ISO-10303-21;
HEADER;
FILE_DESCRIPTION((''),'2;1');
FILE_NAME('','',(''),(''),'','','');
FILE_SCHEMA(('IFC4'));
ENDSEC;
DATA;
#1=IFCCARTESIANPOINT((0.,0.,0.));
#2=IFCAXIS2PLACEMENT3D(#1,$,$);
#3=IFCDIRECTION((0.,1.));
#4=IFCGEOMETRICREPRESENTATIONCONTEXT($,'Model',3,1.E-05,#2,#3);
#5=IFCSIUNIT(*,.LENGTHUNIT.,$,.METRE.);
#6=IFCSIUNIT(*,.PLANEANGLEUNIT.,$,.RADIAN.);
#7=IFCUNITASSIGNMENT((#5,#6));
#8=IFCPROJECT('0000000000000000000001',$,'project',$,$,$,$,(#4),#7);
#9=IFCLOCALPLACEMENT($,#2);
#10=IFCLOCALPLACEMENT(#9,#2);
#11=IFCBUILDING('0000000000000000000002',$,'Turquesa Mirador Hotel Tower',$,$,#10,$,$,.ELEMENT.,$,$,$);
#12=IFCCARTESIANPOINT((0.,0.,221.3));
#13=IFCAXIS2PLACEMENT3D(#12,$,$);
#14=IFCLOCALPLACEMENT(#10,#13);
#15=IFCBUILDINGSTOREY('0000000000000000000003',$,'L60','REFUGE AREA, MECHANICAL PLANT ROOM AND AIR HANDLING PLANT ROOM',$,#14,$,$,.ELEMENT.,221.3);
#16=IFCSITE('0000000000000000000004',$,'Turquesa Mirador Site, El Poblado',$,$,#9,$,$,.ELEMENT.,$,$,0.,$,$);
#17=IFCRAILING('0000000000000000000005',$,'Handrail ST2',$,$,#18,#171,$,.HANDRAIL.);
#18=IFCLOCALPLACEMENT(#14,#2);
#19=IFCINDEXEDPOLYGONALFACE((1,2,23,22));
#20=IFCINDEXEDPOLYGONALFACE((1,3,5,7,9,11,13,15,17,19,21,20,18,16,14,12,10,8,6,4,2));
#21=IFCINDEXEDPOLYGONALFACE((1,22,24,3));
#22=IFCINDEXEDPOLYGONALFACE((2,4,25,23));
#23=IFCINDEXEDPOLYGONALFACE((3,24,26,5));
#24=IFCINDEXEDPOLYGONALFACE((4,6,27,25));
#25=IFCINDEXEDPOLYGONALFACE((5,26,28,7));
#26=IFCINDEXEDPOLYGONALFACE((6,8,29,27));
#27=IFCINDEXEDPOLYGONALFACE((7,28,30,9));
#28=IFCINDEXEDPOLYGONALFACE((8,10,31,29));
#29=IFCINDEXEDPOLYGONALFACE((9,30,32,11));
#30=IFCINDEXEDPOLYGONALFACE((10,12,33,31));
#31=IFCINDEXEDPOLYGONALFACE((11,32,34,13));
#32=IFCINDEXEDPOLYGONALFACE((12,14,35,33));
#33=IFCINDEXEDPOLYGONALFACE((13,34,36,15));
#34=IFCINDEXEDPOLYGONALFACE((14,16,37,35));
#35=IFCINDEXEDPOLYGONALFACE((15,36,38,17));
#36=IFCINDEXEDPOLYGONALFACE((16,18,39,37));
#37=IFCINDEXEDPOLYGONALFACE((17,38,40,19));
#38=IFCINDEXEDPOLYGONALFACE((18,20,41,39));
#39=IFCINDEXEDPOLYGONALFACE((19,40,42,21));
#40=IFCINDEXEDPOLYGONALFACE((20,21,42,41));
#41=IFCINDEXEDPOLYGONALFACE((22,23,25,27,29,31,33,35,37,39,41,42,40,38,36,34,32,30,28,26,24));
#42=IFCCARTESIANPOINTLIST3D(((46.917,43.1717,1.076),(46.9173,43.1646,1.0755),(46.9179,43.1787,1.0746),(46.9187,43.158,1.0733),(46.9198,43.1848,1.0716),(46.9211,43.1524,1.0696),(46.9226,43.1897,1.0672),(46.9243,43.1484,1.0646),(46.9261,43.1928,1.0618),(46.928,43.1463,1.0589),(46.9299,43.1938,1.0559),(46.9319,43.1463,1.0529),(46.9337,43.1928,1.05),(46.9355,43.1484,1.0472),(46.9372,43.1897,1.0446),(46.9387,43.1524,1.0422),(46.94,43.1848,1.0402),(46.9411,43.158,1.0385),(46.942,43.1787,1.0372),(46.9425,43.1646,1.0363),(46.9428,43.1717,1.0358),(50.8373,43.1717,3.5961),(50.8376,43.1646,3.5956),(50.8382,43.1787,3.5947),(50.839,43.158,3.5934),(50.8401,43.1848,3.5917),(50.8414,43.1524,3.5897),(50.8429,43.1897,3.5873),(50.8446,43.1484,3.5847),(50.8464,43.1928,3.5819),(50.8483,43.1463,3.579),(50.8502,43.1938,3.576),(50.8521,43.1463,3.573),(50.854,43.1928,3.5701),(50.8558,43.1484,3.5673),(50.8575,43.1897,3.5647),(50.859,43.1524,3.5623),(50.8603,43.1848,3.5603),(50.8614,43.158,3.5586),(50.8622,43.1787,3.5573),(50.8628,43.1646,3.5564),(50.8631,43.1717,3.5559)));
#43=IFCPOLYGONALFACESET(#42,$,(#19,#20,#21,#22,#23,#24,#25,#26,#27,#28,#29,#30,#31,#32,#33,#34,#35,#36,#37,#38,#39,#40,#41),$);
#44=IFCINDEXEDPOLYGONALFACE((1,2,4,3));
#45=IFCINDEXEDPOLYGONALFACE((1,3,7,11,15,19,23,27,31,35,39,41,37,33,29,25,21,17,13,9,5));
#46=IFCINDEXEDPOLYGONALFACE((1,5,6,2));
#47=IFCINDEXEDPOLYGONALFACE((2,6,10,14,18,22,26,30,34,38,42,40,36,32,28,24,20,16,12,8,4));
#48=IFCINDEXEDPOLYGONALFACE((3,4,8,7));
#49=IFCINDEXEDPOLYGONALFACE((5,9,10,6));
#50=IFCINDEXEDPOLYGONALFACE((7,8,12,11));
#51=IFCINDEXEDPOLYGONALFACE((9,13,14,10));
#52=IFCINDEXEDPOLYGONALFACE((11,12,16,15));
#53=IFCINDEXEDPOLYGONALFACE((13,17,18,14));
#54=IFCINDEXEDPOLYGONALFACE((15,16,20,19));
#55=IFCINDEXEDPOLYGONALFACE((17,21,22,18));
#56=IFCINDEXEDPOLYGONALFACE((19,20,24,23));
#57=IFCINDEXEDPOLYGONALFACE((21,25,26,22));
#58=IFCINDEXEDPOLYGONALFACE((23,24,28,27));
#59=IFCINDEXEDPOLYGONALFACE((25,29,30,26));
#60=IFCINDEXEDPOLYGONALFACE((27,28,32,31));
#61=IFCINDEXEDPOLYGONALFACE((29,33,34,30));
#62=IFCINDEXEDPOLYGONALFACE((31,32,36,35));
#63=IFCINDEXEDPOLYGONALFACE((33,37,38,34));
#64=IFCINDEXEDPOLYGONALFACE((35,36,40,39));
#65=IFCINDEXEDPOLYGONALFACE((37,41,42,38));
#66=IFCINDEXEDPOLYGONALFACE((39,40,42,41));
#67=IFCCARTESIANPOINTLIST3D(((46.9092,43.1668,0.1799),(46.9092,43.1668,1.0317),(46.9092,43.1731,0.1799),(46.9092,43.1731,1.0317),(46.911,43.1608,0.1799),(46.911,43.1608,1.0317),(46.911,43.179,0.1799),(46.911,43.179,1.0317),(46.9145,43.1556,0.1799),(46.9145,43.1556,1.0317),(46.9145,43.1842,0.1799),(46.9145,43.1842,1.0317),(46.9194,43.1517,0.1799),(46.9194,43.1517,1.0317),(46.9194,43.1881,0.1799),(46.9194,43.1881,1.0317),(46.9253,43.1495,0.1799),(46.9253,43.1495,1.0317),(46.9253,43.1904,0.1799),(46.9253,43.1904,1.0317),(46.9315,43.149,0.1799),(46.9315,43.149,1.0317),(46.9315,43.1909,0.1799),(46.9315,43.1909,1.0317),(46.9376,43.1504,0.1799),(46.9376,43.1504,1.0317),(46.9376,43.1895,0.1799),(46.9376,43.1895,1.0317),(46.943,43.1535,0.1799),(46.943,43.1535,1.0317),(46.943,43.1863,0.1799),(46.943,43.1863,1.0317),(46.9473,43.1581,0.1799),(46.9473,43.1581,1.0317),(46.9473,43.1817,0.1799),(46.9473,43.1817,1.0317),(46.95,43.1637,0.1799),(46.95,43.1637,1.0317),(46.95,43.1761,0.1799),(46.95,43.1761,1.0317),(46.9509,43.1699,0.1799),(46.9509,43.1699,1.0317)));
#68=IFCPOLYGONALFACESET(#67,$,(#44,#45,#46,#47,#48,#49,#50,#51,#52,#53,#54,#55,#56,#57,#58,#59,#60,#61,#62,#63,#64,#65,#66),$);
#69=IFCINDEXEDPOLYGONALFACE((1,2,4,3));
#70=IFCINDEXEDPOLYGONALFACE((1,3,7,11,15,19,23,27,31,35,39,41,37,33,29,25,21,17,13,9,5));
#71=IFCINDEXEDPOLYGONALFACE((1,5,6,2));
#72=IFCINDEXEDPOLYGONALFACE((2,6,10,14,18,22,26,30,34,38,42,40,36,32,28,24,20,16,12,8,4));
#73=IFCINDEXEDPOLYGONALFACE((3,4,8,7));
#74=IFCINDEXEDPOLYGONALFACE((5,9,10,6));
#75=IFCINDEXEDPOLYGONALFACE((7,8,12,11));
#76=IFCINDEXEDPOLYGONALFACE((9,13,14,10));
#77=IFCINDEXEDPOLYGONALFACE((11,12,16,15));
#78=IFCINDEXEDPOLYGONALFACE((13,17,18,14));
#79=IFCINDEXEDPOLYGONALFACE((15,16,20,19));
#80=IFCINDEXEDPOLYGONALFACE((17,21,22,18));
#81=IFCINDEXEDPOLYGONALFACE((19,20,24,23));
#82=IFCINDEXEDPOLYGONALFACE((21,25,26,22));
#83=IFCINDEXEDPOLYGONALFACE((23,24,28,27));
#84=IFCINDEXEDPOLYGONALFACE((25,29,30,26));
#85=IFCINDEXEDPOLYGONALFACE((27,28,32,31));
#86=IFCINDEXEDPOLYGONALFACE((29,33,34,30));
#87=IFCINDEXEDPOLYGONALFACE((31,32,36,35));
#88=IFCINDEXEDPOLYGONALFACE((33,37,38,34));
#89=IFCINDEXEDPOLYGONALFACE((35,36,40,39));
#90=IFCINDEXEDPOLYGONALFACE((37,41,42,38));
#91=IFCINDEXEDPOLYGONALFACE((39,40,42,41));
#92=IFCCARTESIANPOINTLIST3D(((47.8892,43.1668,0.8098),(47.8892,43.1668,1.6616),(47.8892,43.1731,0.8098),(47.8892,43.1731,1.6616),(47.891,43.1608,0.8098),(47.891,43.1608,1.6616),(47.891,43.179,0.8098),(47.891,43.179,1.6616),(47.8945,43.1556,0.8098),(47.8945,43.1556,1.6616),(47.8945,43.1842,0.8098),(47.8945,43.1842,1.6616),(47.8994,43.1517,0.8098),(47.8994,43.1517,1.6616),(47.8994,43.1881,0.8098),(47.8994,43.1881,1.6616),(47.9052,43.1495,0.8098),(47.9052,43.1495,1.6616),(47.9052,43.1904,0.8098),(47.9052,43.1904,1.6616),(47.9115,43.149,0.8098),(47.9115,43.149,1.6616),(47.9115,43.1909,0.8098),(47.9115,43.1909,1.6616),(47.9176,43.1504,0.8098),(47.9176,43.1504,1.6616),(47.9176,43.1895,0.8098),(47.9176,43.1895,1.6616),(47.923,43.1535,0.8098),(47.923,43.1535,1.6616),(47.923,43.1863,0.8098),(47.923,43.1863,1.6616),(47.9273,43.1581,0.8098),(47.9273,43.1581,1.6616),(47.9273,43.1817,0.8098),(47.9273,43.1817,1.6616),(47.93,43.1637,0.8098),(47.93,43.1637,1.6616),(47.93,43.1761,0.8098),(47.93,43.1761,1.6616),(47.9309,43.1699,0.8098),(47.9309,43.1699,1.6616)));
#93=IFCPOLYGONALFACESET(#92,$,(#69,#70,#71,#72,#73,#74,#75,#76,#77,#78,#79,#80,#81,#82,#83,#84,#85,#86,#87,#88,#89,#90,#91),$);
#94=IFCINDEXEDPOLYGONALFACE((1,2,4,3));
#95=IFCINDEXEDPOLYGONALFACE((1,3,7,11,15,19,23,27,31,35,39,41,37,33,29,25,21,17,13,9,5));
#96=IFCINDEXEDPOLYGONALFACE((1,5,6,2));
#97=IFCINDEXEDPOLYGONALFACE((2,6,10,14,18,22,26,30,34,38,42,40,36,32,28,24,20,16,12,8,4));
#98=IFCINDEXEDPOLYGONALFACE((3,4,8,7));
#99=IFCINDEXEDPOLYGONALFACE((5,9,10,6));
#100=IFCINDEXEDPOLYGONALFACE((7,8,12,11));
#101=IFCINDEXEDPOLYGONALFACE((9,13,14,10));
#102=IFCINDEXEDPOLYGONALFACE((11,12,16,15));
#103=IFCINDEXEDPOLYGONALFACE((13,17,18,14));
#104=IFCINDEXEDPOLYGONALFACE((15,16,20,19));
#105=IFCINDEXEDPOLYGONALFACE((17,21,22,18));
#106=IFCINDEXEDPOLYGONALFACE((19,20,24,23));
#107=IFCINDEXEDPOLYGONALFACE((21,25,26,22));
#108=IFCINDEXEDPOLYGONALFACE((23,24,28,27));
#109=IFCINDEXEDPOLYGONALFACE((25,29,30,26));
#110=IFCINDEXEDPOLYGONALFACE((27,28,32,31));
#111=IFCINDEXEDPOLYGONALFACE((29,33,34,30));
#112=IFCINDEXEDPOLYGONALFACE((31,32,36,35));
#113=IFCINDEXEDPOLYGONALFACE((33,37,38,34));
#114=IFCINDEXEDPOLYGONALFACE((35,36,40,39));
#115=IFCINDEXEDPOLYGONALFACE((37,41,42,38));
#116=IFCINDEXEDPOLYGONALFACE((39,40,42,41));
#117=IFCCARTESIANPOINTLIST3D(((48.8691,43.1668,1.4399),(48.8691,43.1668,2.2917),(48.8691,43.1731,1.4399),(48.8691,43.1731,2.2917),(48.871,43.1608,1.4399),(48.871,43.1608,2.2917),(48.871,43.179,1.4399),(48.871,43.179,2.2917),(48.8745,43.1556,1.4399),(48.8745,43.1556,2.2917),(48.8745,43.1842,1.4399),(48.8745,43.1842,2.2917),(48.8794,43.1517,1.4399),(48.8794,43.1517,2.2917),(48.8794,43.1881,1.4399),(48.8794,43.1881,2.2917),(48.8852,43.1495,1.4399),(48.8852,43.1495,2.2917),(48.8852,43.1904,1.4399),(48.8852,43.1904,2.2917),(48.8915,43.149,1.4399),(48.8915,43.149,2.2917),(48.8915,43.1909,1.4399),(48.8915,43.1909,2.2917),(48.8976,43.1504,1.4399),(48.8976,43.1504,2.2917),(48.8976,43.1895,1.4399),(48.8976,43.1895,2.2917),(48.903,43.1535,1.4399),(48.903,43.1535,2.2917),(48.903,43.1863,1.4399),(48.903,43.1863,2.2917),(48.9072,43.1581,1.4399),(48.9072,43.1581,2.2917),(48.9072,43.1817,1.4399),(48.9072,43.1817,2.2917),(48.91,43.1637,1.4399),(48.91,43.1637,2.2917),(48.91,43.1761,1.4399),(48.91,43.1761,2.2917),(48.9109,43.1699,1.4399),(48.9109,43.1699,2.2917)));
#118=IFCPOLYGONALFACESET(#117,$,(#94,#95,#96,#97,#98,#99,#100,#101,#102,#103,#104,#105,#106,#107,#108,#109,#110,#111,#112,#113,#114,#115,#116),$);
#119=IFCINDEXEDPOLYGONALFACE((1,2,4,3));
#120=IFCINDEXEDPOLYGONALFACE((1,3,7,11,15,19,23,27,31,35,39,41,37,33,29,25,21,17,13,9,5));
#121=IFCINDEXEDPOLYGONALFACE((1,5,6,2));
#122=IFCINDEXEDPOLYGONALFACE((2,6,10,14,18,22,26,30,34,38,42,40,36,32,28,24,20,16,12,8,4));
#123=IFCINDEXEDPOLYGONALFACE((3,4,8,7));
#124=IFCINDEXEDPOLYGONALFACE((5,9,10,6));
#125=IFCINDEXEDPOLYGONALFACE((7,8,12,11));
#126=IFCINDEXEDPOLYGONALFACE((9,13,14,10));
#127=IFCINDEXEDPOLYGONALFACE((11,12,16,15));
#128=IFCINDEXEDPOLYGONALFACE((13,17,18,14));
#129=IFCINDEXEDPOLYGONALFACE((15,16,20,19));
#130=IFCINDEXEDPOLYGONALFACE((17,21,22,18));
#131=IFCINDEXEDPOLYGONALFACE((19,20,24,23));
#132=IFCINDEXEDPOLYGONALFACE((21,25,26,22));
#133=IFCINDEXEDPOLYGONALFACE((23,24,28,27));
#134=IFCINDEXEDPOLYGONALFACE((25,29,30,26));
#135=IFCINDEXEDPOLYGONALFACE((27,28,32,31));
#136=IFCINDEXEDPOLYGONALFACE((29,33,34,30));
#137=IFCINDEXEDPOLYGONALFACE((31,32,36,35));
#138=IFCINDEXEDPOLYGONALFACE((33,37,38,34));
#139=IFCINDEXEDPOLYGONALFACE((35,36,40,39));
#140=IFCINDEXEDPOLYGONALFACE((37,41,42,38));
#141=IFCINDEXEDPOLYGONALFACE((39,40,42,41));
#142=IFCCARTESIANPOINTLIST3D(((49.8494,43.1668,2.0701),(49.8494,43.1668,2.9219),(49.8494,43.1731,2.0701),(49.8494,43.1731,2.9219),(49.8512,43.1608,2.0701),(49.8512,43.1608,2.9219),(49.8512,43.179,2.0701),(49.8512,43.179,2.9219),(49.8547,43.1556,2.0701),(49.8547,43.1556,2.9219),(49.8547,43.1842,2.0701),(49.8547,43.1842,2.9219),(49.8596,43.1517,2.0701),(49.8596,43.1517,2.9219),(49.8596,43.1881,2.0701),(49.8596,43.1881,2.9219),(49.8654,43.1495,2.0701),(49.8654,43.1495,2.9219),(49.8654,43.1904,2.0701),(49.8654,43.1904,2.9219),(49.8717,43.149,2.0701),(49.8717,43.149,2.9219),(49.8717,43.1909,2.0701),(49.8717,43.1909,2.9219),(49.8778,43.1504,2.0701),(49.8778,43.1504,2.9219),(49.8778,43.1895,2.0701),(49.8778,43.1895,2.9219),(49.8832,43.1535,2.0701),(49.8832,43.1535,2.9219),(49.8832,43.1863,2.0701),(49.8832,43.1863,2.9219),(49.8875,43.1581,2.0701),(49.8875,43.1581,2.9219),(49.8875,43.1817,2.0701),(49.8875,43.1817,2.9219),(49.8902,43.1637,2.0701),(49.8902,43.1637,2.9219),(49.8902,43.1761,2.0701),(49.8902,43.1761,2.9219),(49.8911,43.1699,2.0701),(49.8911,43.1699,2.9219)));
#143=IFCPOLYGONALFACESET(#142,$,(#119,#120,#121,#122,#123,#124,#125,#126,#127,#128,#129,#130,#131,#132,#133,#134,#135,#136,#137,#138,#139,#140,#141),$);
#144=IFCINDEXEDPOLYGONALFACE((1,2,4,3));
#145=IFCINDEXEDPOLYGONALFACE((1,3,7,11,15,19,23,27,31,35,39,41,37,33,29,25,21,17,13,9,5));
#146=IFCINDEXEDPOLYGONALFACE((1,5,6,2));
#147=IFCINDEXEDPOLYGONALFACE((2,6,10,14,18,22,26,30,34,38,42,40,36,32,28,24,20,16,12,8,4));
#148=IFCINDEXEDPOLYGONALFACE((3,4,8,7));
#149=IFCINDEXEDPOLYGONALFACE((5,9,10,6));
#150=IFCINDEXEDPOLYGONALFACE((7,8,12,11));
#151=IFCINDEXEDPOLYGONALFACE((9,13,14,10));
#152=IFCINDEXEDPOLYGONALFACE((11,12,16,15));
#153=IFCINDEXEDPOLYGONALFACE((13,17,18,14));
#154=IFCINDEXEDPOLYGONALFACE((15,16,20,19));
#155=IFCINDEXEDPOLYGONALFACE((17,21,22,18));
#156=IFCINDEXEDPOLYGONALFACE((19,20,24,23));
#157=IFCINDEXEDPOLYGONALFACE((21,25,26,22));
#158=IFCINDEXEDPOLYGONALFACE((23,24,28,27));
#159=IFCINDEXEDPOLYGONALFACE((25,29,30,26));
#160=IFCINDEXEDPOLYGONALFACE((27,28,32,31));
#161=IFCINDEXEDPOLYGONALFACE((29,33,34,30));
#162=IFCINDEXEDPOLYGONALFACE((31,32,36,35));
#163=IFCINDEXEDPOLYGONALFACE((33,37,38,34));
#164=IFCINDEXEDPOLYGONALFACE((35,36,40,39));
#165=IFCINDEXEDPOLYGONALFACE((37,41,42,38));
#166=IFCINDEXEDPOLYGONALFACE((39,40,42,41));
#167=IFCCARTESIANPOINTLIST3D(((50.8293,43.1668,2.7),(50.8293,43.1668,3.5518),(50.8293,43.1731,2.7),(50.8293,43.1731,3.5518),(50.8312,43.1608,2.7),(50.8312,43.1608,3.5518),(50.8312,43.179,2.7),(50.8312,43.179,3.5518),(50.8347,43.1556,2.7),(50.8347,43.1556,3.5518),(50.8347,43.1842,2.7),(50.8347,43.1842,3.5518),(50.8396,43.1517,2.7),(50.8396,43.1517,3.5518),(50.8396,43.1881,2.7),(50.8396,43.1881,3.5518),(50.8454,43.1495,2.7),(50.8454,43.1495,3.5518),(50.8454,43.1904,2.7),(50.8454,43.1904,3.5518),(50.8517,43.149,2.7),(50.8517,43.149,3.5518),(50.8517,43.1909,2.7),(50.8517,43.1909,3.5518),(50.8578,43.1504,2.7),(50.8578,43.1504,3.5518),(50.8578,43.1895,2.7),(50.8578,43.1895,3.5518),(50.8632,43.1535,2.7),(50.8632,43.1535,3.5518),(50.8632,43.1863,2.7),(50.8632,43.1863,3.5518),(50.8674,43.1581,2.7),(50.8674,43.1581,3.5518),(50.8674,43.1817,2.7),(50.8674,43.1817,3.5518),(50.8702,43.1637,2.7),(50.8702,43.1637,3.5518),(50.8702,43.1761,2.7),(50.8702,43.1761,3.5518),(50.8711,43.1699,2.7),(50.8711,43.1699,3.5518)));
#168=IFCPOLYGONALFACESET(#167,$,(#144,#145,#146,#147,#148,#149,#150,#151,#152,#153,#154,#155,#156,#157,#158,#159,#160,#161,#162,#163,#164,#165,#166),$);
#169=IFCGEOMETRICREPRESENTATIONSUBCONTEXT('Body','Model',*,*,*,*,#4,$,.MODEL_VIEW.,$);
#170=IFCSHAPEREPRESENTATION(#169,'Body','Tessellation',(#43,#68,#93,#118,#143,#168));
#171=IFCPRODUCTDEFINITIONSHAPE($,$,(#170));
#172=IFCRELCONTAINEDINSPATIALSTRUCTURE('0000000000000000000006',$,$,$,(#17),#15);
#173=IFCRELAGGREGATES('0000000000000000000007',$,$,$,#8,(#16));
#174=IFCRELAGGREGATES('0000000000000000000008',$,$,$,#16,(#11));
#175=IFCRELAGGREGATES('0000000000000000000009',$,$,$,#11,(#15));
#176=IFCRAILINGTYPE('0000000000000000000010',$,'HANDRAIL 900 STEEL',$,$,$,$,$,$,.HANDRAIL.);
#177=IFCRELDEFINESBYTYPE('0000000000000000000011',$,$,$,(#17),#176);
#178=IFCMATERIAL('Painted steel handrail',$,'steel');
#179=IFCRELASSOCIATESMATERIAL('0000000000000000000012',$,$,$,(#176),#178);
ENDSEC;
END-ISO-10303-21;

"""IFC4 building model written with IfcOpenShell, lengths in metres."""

from ifc_helpers import new_model, si_unit, direction, frame, origin, origin_2d, place, context, subcontext, project, spatial, circle, extrude, material, type_object, element, save


model = new_model("IFC4")

# Units and contexts
model_context = context("Model", 3, precision=1e-05, world=origin(), true_north=direction((0.0, 1.0)))
body_context = subcontext(model_context, "Body", "Model", "MODEL_VIEW")
ifc_project = project(units=[si_unit("LENGTHUNIT", "METRE"), si_unit("PLANEANGLEUNIT", "RADIAN")], contexts=[model_context])

# Site, building, storey
site_placement = place(None, origin())
site = spatial("IfcSite", under=ifc_project, at=site_placement, Name="Turquesa Mirador Site, El Poblado", CompositionType="ELEMENT", RefElevation=0.0)
building_placement = place(site_placement, origin())
building = spatial("IfcBuilding", under=site, at=building_placement, Name="Turquesa Mirador Hotel Tower", CompositionType="ELEMENT")
storey_placement = place(building_placement, frame((0.0, 0.0, 221.3)))
storey = spatial("IfcBuildingStorey", under=building, at=storey_placement, Name="L60", Description="REFUGE AREA, MECHANICAL PLANT ROOM AND AIR HANDLING PLANT ROOM", CompositionType="ELEMENT", Elevation=221.3)

# Railing
ifc_material_1 = material(Name="Painted steel handrail", Category="steel")
railing_type = type_object("IfcRailingType", Name="HANDRAIL 900 STEEL", PredefinedType="HANDRAIL", material=ifc_material_1)
for number, where, name in (
    (1, (46.9299, 43.1699, 0.1799), "Handrail ST2"),
):
    element("IfcRailing", number, at=place(storey_placement, frame(where)), inside=storey, type_object=railing_type, Name=name, PredefinedType="HANDRAIL", context=body_context, shape_type="SweptSolid", body=[
        extrude(circle(Radius=0.0239, at=origin_2d()), frame((0.0, 0.0, 0.876), z_axis=(0.841187, 0.0, 0.540744), x_axis=(0.0, 1.0, 0.0)), (0.0, 0.0, 1.0), 4.6604),
        extrude(circle(Radius=0.021, at=origin_2d()), origin(), (0.0, 0.0, 1.0), 0.8518),
        extrude(circle(Radius=0.021, at=origin_2d()), frame((0.98, 0.0, 0.6299)), (0.0, 0.0, 1.0), 0.8518),
        extrude(circle(Radius=0.021, at=origin_2d()), frame((1.96, 0.0, 1.26)), (0.0, 0.0, 1.0), 0.8518),
        extrude(circle(Radius=0.021, at=origin_2d()), frame((2.9402, 0.0, 1.8901)), (0.0, 0.0, 1.0), 0.8518),
        extrude(circle(Radius=0.021, at=origin_2d()), frame((3.9202, 0.0, 2.52)), (0.0, 0.0, 1.0), 0.8518),
    ])

save(model, "model.ifc")
